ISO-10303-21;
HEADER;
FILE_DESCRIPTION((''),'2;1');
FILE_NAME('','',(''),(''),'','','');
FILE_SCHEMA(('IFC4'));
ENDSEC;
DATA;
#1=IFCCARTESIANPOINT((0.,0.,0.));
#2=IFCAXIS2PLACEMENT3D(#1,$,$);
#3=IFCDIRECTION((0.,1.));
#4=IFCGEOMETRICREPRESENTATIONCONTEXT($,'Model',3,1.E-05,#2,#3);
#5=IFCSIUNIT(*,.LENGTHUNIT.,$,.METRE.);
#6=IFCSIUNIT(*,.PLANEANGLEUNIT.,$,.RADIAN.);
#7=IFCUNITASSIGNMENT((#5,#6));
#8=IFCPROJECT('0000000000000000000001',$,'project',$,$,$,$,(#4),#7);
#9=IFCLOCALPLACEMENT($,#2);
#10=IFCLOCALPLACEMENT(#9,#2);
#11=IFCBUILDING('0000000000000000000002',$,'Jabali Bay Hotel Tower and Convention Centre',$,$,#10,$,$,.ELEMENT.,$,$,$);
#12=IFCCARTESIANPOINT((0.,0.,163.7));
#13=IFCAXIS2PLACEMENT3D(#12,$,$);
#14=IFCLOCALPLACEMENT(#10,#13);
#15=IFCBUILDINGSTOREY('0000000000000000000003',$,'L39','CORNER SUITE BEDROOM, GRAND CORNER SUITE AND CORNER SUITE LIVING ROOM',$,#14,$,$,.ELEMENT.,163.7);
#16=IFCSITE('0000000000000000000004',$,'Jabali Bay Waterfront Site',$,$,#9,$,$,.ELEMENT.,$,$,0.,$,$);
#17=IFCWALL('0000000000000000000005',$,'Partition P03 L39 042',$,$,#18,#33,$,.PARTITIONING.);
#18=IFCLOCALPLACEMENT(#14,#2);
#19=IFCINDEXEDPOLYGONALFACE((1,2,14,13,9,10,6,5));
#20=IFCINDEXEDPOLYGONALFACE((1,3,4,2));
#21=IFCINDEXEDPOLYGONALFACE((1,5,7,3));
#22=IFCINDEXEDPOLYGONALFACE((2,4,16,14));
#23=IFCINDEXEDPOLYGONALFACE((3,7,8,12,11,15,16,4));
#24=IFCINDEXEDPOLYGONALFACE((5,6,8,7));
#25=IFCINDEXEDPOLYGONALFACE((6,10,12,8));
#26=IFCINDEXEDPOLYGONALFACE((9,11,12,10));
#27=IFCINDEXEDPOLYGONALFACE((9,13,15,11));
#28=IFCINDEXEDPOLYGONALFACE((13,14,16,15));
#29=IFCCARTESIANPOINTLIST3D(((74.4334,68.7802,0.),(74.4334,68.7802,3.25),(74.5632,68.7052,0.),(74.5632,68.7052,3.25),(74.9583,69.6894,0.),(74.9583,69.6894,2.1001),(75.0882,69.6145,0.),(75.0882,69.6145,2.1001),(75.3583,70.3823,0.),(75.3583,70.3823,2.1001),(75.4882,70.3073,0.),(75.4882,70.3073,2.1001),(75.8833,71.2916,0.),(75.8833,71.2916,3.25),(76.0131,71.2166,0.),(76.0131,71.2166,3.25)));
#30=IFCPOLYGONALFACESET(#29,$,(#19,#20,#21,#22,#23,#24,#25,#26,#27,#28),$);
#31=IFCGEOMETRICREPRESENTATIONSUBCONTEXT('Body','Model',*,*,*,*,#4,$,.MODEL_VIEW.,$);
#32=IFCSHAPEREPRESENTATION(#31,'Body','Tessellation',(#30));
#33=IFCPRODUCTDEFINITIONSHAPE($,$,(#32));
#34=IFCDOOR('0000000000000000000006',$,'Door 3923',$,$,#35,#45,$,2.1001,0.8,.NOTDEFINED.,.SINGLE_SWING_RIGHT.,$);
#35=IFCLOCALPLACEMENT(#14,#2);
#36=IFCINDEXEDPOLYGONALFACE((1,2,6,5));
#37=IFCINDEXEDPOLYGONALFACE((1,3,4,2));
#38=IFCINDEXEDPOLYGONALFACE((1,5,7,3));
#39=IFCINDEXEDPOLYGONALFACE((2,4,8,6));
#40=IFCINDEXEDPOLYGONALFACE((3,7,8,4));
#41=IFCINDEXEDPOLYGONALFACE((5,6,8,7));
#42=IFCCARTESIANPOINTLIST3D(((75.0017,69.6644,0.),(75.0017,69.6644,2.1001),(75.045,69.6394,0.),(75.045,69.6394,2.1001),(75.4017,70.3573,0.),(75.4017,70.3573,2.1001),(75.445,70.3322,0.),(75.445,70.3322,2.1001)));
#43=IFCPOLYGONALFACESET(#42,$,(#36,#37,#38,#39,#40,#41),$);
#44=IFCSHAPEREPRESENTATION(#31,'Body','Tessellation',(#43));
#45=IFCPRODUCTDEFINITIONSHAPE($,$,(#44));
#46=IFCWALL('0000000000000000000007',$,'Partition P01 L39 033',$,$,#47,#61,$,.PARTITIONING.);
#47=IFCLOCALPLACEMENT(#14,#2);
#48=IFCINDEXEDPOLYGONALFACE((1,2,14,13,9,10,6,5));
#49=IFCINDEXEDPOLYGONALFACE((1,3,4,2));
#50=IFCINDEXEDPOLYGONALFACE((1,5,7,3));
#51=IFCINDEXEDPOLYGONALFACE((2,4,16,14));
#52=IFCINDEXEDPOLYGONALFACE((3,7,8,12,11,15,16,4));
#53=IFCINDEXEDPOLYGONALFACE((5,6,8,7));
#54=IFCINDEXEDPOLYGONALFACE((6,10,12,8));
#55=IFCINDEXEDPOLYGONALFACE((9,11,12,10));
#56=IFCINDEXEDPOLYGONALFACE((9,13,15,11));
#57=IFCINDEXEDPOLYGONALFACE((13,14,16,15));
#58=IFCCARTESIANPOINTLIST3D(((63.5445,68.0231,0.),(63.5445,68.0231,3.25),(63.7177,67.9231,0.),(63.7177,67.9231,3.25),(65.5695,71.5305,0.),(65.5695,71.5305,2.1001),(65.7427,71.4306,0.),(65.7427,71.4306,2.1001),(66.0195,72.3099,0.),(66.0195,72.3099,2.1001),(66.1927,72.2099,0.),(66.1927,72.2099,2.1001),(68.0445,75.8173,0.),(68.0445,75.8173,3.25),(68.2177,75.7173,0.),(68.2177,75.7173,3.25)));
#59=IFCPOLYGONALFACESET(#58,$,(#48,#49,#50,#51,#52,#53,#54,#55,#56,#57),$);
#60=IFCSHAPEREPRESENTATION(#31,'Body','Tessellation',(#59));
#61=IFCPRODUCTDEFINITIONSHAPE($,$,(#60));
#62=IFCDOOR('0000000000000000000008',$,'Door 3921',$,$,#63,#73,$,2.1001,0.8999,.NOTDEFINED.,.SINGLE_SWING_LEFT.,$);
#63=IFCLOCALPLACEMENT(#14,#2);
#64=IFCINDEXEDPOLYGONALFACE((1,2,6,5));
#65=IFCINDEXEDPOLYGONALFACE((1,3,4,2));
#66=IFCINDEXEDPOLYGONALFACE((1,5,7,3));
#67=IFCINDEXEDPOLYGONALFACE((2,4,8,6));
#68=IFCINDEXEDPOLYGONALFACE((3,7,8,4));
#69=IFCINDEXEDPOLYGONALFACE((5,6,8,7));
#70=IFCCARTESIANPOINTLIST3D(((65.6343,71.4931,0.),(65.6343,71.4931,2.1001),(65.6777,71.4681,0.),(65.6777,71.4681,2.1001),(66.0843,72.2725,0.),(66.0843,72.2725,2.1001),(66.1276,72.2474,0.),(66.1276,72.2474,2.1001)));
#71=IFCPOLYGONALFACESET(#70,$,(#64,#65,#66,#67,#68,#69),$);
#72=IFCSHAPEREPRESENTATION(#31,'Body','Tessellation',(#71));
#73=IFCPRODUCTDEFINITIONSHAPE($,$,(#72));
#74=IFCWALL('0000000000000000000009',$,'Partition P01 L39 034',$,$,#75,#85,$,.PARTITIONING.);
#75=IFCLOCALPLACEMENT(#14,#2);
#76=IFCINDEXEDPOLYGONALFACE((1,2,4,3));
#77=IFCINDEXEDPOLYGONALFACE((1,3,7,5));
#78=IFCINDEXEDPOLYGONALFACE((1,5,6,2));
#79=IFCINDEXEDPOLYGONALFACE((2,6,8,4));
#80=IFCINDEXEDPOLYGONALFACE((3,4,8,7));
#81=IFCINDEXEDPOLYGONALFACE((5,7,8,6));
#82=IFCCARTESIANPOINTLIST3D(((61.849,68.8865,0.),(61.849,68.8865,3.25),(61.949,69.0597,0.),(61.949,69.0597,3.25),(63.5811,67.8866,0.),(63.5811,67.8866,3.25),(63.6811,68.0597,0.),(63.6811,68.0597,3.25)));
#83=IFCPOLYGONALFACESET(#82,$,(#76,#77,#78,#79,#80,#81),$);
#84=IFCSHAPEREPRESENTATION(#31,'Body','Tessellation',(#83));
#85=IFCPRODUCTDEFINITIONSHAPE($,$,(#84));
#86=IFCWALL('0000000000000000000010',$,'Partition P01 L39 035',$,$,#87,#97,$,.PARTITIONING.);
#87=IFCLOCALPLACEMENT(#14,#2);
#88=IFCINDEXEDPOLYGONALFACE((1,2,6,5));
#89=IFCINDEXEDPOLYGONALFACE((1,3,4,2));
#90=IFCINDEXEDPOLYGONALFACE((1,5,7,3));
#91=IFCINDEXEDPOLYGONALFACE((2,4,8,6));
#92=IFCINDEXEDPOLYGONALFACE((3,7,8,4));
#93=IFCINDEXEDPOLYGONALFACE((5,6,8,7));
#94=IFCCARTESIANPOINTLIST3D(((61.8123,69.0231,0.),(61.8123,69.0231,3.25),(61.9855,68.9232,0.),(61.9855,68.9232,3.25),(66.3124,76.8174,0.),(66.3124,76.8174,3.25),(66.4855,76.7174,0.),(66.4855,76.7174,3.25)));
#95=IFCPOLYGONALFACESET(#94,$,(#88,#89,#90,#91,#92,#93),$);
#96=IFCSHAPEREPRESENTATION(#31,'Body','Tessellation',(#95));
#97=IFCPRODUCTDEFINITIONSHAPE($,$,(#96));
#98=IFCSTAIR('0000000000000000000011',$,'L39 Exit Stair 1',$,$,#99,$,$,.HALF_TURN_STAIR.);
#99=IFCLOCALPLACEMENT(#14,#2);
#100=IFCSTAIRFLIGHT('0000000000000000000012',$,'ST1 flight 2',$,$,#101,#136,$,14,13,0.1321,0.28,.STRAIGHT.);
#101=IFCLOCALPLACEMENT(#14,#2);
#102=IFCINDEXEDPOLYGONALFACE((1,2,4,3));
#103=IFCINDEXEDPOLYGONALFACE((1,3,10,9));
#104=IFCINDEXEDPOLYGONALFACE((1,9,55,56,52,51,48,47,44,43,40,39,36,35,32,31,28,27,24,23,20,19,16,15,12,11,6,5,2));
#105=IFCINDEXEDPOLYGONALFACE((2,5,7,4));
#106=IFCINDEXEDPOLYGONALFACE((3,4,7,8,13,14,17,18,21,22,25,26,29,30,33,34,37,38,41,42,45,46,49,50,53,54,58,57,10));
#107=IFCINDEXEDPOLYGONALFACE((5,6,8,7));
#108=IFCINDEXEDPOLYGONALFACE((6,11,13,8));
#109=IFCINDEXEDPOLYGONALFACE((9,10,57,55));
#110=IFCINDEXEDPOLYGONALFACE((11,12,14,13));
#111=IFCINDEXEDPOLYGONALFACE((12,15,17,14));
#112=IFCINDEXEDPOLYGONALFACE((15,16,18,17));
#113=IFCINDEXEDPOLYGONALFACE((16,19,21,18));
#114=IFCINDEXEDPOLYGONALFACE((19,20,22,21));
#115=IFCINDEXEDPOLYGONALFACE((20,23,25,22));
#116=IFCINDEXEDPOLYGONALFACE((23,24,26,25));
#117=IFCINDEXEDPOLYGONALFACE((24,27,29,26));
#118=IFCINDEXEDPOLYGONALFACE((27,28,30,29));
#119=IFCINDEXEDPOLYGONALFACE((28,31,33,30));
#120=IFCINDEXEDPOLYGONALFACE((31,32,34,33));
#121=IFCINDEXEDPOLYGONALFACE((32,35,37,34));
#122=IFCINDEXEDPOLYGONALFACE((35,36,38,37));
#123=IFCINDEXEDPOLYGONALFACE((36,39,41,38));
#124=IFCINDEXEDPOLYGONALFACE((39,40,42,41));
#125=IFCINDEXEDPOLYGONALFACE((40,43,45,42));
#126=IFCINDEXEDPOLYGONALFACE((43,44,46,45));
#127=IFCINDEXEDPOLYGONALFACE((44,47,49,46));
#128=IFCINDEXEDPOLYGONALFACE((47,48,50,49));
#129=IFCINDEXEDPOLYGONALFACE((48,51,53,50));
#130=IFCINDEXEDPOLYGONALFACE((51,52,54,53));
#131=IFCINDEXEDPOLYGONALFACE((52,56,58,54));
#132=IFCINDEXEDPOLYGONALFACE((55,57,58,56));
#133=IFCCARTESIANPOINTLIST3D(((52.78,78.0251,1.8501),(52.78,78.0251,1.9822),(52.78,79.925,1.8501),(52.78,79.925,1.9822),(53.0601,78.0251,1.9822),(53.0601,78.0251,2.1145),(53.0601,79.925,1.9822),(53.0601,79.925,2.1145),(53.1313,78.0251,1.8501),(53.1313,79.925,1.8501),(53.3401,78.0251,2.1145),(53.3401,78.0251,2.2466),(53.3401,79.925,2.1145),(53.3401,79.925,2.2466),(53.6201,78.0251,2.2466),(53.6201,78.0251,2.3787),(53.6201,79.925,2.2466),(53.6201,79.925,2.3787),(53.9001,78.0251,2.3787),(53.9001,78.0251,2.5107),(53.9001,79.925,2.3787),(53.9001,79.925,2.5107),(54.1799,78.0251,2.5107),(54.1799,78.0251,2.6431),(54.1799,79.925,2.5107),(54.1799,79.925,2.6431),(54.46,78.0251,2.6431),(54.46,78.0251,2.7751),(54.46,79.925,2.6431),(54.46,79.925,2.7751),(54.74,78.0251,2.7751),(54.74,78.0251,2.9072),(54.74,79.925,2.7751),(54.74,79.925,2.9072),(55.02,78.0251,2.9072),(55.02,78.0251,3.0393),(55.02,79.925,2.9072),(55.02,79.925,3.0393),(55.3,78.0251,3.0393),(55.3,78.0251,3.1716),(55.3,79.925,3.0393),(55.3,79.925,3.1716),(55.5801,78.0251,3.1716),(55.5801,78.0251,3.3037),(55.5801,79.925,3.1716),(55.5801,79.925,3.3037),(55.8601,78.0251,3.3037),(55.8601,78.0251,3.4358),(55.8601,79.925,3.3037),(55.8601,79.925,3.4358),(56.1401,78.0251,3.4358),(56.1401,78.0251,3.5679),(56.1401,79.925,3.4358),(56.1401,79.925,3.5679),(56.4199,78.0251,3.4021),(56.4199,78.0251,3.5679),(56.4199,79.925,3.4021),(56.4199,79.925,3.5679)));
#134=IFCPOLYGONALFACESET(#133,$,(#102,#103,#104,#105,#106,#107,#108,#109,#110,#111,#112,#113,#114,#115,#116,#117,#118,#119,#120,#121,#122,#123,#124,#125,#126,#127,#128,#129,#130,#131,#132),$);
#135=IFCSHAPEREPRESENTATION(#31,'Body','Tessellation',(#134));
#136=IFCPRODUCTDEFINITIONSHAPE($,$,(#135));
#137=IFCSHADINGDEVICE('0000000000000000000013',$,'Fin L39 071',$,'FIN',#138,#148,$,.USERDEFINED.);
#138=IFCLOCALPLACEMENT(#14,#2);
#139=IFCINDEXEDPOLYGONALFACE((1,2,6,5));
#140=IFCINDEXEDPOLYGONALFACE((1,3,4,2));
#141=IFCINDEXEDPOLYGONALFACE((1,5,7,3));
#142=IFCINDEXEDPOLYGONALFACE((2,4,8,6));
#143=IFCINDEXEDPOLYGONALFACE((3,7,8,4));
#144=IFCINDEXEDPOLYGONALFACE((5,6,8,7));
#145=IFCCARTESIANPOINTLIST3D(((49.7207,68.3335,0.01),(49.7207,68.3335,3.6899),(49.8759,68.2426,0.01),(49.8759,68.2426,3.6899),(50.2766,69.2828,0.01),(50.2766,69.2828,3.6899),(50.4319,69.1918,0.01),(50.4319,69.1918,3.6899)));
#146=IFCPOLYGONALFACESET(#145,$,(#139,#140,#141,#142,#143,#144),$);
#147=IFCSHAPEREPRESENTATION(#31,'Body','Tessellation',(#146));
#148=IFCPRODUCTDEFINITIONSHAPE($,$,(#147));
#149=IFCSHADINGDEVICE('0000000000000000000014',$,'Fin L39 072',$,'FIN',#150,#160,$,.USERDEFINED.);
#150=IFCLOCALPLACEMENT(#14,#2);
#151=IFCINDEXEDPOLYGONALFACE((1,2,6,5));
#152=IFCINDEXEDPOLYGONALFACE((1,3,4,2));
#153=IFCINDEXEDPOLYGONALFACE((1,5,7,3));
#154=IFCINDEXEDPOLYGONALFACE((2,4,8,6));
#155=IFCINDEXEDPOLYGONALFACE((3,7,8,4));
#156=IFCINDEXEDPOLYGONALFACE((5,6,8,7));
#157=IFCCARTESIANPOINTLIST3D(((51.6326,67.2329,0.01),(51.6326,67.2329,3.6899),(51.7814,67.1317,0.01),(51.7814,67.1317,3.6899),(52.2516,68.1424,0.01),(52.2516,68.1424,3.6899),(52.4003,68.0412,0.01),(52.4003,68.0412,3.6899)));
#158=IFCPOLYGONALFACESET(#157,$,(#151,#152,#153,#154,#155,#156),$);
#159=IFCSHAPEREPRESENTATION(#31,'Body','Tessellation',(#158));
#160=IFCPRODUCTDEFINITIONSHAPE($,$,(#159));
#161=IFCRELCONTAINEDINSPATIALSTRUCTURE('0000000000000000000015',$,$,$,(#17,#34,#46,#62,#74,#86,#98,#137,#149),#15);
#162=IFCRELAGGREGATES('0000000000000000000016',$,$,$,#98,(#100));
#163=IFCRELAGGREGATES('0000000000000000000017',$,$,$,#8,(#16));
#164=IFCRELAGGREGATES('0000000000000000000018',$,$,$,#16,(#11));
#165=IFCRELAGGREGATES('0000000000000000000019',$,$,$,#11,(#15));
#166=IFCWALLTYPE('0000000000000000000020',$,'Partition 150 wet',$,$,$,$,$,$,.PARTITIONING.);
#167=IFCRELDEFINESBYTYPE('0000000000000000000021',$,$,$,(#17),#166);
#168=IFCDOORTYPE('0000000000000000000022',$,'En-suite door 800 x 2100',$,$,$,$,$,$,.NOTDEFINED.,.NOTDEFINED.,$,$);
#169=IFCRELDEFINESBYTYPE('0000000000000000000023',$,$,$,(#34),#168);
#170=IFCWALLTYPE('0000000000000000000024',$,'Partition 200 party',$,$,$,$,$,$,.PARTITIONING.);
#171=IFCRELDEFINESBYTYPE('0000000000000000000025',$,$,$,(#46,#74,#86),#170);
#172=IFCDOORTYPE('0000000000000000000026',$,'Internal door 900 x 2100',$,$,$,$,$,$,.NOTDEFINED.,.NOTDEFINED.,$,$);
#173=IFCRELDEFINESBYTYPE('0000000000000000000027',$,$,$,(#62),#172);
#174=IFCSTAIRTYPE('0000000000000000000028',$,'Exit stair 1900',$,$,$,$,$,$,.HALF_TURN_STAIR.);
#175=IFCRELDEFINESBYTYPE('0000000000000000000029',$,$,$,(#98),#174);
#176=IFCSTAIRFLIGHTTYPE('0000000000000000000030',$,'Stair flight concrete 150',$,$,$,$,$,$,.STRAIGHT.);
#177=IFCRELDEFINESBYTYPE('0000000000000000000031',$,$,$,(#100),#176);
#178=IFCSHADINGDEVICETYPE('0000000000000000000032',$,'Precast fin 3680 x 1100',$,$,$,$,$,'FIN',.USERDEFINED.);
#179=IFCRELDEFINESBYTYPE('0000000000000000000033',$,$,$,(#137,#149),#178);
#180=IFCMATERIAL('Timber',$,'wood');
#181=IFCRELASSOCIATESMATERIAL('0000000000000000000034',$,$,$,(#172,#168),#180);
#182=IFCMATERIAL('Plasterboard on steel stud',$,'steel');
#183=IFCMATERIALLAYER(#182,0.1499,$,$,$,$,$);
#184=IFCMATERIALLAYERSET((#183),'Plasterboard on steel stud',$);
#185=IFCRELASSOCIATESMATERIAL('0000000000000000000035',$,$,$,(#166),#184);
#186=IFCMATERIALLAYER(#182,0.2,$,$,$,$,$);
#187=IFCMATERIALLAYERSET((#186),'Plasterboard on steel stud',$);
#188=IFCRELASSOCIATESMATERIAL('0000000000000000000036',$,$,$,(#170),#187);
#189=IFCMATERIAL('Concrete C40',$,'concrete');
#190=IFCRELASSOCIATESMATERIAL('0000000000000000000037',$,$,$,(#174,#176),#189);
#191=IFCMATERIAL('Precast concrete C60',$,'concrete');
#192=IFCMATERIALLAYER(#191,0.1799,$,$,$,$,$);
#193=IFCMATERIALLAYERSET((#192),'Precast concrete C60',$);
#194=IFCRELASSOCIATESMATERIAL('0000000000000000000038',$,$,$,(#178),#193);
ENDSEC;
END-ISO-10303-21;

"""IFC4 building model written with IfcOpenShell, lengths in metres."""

from ifc_helpers import new_model, si_unit, direction, frame, frame_2d, origin, place, context, subcontext, project, spatial, polyline, rectangle, outline, extrude, material, layer, layer_set, type_object, element, fill, aggregate, save


model = new_model("IFC4")

# Units and contexts
model_context = context("Model", 3, precision=1e-05, world=origin(), true_north=direction((0.0, 1.0)))
body_context = subcontext(model_context, "Body", "Model", "MODEL_VIEW")
ifc_project = project(units=[si_unit("LENGTHUNIT", "METRE"), si_unit("PLANEANGLEUNIT", "RADIAN")], contexts=[model_context])

# Site, building, storey
site_placement = place(None, origin())
site = spatial("IfcSite", under=ifc_project, at=site_placement, Name="Jabali Bay Waterfront Site", CompositionType="ELEMENT", RefElevation=0.0)
building_placement = place(site_placement, origin())
building = spatial("IfcBuilding", under=site, at=building_placement, Name="Jabali Bay Hotel Tower and Convention Centre", CompositionType="ELEMENT")
storey_placement = place(building_placement, frame((0.0, 0.0, 163.7)))
storey = spatial("IfcBuildingStorey", under=building, at=storey_placement, Name="L39", Description="CORNER SUITE BEDROOM, GRAND CORNER SUITE AND CORNER SUITE LIVING ROOM", CompositionType="ELEMENT", Elevation=163.7)

# Shared definitions
ifc_material_1 = material(Name="Concrete C40", Category="concrete")

# Shared definitions
ifc_material_2 = material(Name="Timber", Category="wood")

# Walls, openings, doors
ifc_material_3 = material(Name="Plasterboard on steel stud", Category="steel")
door_type_1 = type_object("IfcDoorType", Name="Internal door 900 x 2100", OperationType="NOTDEFINED", PredefinedType="NOTDEFINED", material=ifc_material_2)
ifc_layer_1 = layer(ifc_material_3, 0.1499)
ifc_layer_set_1 = layer_set([ifc_layer_1], Name="Plasterboard on steel stud")
wall_type_1 = type_object("IfcWallType", Name="Partition 150 wet", PredefinedType="PARTITIONING", material=ifc_layer_set_1)
wall_1_placement = place(storey_placement, frame((74.4983, 68.7427, 0.0), z_axis=(0.0, 0.0, 1.0), x_axis=(0.499987, 0.866033, 0.0)))
wall_1 = element("IfcWall", 1, at=wall_1_placement, inside=storey, type_object=wall_type_1, Name="Partition P03 L39 042", PredefinedType="PARTITIONING", context=body_context, shape_type="SweptSolid", body=[
    extrude(rectangle(XDim=2.8999, YDim=0.1499, at=frame_2d((1.45, 0.0))), origin(), (0.0, 0.0, 1.0), 3.25),
])
opening_1_placement = place(wall_1_placement, frame((1.05, 0.0, 0.0)))
opening_1 = element("IfcOpeningElement", 2, at=opening_1_placement, cuts=wall_1, PredefinedType="OPENING", context=body_context, shape_type="SweptSolid", body=[
    extrude(rectangle(XDim=0.8, YDim=2.1001, at=frame_2d((0.3999, 1.05))), frame((0.0, 0.0854, 0.0), z_axis=(0.0, -1.0, 0.0), x_axis=(1.0, 0.0, 0.0)), (0.0, 0.0, 1.0), 0.1709),
])
door_type_2 = type_object("IfcDoorType", Name="En-suite door 800 x 2100", OperationType="NOTDEFINED", PredefinedType="NOTDEFINED", material=ifc_material_2)
door_1_placement = place(opening_1_placement, origin())
door_1 = element("IfcDoor", 3, at=door_1_placement, inside=storey, type_object=door_type_2, Name="Door 3923", OperationType="SINGLE_SWING_RIGHT", OverallHeight=2.1001, OverallWidth=0.8, PredefinedType="NOTDEFINED", context=body_context, shape_type="SweptSolid", body=[
    extrude(rectangle(XDim=0.8, YDim=2.1001, at=frame_2d((0.3999, 1.05))), frame((0.0, 0.0249, 0.0), z_axis=(0.0, -1.0, 0.0), x_axis=(1.0, 0.0, 0.0)), (0.0, 0.0, 1.0), 0.05),
])
fill(opening_1, door_1)
ifc_layer_2 = layer(ifc_material_3, 0.2)
ifc_layer_set_2 = layer_set([ifc_layer_2], Name="Plasterboard on steel stud")
wall_type_2 = type_object("IfcWallType", Name="Partition 200 party", PredefinedType="PARTITIONING", material=ifc_layer_set_2)
wall_2_placement = place(storey_placement, frame((68.1311, 75.7673, 0.0), z_axis=(0.0, 0.0, 1.0), x_axis=(-0.500002, -0.866024, 0.0)))
wall_2 = element("IfcWall", 4, at=wall_2_placement, inside=storey, type_object=wall_type_2, Name="Partition P01 L39 033", PredefinedType="PARTITIONING", context=body_context, shape_type="SweptSolid", body=[
    extrude(rectangle(XDim=9.0, YDim=0.2, at=frame_2d((4.5, 0.0))), origin(), (0.0, 0.0, 1.0), 3.25),
])
opening_2_placement = place(wall_2_placement, frame((4.05, 0.0, 0.0)))
opening_2 = element("IfcOpeningElement", 5, at=opening_2_placement, cuts=wall_2, PredefinedType="OPENING", context=body_context, shape_type="SweptSolid", body=[
    extrude(rectangle(XDim=0.8999, YDim=2.1001, at=frame_2d((0.45, 1.05))), frame((0.0, 0.1104, 0.0), z_axis=(0.0, -1.0, 0.0), x_axis=(1.0, 0.0, 0.0)), (0.0, 0.0, 1.0), 0.2209),
])
door_2_placement = place(opening_2_placement, origin())
door_2 = element("IfcDoor", 6, at=door_2_placement, inside=storey, type_object=door_type_1, Name="Door 3921", OperationType="SINGLE_SWING_LEFT", OverallHeight=2.1001, OverallWidth=0.8999, PredefinedType="NOTDEFINED", context=body_context, shape_type="SweptSolid", body=[
    extrude(rectangle(XDim=0.8999, YDim=2.1001, at=frame_2d((0.45, 1.05))), frame((0.0, 0.0249, 0.0), z_axis=(0.0, -1.0, 0.0), x_axis=(1.0, 0.0, 0.0)), (0.0, 0.0, 1.0), 0.05),
])
fill(opening_2, door_2)

# Walls
wall_3_placement = place(storey_placement, frame((63.6311, 67.9731, 0.0), z_axis=(0.0, 0.0, 1.0), x_axis=(-0.866041, 0.499973, 0.0)))
element("IfcWall", 7, at=wall_3_placement, inside=storey, type_object=wall_type_2, Name="Partition P01 L39 034", PredefinedType="PARTITIONING", context=body_context, shape_type="SweptSolid", body=[
    extrude(rectangle(XDim=2.0, YDim=0.2, at=frame_2d((1.0, 0.0))), origin(), (0.0, 0.0, 1.0), 3.25),
])
wall_4_placement = place(storey_placement, frame((61.8989, 68.9731, 0.0), z_axis=(0.0, 0.0, 1.0), x_axis=(0.500002, 0.866024, 0.0)))
element("IfcWall", 8, at=wall_4_placement, inside=storey, type_object=wall_type_2, Name="Partition P01 L39 035", PredefinedType="PARTITIONING", context=body_context, shape_type="SweptSolid", body=[
    extrude(rectangle(XDim=9.0, YDim=0.2, at=frame_2d((4.5, 0.0))), origin(), (0.0, 0.0, 1.0), 3.25),
])

# Stair, stair flight
stair_type = type_object("IfcStairType", Name="Exit stair 1900", PredefinedType="HALF_TURN_STAIR", material=ifc_material_1)
stair_placement = place(storey_placement, origin())
stair = element("IfcStair", 9, at=stair_placement, inside=storey, type_object=stair_type, Name="L39 Exit Stair 1", PredefinedType="HALF_TURN_STAIR")
stair_flight_type = type_object("IfcStairFlightType", Name="Stair flight concrete 150", PredefinedType="STRAIGHT", material=ifc_material_1)
stair_flight_placement = place(storey_placement, frame((52.78, 78.9751, 1.8501), z_axis=(0.0, 0.0, 1.0), x_axis=(1.0, 0.0, 0.0)))
stair_flight = element("IfcStairFlight", 10, at=stair_flight_placement, type_object=stair_flight_type, Name="ST1 flight 2", NumberOfRisers=14, NumberOfTreads=13, PredefinedType="STRAIGHT", RiserHeight=0.1321, TreadLength=0.28, context=body_context, shape_type="SweptSolid", body=[
    extrude(outline(polyline([(0.0, 0.0), (0.0, 0.1321), (0.28, 0.1321), (0.28, 0.2644), (0.5601, 0.2644), (0.5601, 0.3965), (0.8401, 0.3965), (0.8401, 0.5286), (1.1201, 0.5286), (1.1201, 0.6606), (1.3999, 0.6606), (1.3999, 0.793), (1.6799, 0.793), (1.6799, 0.925), (1.96, 0.925), (1.96, 1.0571), (2.24, 1.0571), (2.24, 1.1892), (2.52, 1.1892), (2.52, 1.3215), (2.8, 1.3215), (2.8, 1.4536), (3.0801, 1.4536), (3.0801, 1.5857), (3.3601, 1.5857), (3.3601, 1.7178), (3.6399, 1.7178), (3.6399, 1.8501), (3.6399, 1.552), (0.3513, 0.0), (0.0, 0.0)])), frame((0.0, 0.95, 0.0), z_axis=(0.0, -1.0, 0.0), x_axis=(1.0, 0.0, 0.0)), (0.0, 0.0, 1.0), 1.8999),
])
aggregate(stair, [stair_flight])

# Shading devices
ifc_material_4 = material(Name="Precast concrete C60", Category="concrete")
ifc_layer_3 = layer(ifc_material_4, 0.1799)
ifc_layer_set_3 = layer_set([ifc_layer_3], Name="Precast concrete C60")
shading_device_type = type_object("IfcShadingDeviceType", Name="Precast fin 3680 x 1100", ElementType="FIN", PredefinedType="USERDEFINED", material=ifc_layer_set_3)
for number, where, z_axis, x_axis, name in (
    (11, (50.3542, 69.2373, 0.01), (0.0, 0.0, 1.0), (-0.505361, -0.862908, 0.0), "Fin L39 071"),
    (12, (52.3259, 68.0918, 0.01), (0.0, 0.0, 1.0), (-0.562614, -0.82672, 0.0), "Fin L39 072"),
):
    element("IfcShadingDevice", number, at=place(storey_placement, frame(where, z_axis=z_axis, x_axis=x_axis)), inside=storey, type_object=shading_device_type, Name=name, ObjectType="FIN", PredefinedType="USERDEFINED", context=body_context, shape_type="SweptSolid", body=[
        extrude(rectangle(XDim=1.1001, YDim=0.1799, at=frame_2d((0.55, 0.0))), origin(), (0.0, 0.0, 1.0), 3.6799),
    ])

save(model, "model.ifc")
